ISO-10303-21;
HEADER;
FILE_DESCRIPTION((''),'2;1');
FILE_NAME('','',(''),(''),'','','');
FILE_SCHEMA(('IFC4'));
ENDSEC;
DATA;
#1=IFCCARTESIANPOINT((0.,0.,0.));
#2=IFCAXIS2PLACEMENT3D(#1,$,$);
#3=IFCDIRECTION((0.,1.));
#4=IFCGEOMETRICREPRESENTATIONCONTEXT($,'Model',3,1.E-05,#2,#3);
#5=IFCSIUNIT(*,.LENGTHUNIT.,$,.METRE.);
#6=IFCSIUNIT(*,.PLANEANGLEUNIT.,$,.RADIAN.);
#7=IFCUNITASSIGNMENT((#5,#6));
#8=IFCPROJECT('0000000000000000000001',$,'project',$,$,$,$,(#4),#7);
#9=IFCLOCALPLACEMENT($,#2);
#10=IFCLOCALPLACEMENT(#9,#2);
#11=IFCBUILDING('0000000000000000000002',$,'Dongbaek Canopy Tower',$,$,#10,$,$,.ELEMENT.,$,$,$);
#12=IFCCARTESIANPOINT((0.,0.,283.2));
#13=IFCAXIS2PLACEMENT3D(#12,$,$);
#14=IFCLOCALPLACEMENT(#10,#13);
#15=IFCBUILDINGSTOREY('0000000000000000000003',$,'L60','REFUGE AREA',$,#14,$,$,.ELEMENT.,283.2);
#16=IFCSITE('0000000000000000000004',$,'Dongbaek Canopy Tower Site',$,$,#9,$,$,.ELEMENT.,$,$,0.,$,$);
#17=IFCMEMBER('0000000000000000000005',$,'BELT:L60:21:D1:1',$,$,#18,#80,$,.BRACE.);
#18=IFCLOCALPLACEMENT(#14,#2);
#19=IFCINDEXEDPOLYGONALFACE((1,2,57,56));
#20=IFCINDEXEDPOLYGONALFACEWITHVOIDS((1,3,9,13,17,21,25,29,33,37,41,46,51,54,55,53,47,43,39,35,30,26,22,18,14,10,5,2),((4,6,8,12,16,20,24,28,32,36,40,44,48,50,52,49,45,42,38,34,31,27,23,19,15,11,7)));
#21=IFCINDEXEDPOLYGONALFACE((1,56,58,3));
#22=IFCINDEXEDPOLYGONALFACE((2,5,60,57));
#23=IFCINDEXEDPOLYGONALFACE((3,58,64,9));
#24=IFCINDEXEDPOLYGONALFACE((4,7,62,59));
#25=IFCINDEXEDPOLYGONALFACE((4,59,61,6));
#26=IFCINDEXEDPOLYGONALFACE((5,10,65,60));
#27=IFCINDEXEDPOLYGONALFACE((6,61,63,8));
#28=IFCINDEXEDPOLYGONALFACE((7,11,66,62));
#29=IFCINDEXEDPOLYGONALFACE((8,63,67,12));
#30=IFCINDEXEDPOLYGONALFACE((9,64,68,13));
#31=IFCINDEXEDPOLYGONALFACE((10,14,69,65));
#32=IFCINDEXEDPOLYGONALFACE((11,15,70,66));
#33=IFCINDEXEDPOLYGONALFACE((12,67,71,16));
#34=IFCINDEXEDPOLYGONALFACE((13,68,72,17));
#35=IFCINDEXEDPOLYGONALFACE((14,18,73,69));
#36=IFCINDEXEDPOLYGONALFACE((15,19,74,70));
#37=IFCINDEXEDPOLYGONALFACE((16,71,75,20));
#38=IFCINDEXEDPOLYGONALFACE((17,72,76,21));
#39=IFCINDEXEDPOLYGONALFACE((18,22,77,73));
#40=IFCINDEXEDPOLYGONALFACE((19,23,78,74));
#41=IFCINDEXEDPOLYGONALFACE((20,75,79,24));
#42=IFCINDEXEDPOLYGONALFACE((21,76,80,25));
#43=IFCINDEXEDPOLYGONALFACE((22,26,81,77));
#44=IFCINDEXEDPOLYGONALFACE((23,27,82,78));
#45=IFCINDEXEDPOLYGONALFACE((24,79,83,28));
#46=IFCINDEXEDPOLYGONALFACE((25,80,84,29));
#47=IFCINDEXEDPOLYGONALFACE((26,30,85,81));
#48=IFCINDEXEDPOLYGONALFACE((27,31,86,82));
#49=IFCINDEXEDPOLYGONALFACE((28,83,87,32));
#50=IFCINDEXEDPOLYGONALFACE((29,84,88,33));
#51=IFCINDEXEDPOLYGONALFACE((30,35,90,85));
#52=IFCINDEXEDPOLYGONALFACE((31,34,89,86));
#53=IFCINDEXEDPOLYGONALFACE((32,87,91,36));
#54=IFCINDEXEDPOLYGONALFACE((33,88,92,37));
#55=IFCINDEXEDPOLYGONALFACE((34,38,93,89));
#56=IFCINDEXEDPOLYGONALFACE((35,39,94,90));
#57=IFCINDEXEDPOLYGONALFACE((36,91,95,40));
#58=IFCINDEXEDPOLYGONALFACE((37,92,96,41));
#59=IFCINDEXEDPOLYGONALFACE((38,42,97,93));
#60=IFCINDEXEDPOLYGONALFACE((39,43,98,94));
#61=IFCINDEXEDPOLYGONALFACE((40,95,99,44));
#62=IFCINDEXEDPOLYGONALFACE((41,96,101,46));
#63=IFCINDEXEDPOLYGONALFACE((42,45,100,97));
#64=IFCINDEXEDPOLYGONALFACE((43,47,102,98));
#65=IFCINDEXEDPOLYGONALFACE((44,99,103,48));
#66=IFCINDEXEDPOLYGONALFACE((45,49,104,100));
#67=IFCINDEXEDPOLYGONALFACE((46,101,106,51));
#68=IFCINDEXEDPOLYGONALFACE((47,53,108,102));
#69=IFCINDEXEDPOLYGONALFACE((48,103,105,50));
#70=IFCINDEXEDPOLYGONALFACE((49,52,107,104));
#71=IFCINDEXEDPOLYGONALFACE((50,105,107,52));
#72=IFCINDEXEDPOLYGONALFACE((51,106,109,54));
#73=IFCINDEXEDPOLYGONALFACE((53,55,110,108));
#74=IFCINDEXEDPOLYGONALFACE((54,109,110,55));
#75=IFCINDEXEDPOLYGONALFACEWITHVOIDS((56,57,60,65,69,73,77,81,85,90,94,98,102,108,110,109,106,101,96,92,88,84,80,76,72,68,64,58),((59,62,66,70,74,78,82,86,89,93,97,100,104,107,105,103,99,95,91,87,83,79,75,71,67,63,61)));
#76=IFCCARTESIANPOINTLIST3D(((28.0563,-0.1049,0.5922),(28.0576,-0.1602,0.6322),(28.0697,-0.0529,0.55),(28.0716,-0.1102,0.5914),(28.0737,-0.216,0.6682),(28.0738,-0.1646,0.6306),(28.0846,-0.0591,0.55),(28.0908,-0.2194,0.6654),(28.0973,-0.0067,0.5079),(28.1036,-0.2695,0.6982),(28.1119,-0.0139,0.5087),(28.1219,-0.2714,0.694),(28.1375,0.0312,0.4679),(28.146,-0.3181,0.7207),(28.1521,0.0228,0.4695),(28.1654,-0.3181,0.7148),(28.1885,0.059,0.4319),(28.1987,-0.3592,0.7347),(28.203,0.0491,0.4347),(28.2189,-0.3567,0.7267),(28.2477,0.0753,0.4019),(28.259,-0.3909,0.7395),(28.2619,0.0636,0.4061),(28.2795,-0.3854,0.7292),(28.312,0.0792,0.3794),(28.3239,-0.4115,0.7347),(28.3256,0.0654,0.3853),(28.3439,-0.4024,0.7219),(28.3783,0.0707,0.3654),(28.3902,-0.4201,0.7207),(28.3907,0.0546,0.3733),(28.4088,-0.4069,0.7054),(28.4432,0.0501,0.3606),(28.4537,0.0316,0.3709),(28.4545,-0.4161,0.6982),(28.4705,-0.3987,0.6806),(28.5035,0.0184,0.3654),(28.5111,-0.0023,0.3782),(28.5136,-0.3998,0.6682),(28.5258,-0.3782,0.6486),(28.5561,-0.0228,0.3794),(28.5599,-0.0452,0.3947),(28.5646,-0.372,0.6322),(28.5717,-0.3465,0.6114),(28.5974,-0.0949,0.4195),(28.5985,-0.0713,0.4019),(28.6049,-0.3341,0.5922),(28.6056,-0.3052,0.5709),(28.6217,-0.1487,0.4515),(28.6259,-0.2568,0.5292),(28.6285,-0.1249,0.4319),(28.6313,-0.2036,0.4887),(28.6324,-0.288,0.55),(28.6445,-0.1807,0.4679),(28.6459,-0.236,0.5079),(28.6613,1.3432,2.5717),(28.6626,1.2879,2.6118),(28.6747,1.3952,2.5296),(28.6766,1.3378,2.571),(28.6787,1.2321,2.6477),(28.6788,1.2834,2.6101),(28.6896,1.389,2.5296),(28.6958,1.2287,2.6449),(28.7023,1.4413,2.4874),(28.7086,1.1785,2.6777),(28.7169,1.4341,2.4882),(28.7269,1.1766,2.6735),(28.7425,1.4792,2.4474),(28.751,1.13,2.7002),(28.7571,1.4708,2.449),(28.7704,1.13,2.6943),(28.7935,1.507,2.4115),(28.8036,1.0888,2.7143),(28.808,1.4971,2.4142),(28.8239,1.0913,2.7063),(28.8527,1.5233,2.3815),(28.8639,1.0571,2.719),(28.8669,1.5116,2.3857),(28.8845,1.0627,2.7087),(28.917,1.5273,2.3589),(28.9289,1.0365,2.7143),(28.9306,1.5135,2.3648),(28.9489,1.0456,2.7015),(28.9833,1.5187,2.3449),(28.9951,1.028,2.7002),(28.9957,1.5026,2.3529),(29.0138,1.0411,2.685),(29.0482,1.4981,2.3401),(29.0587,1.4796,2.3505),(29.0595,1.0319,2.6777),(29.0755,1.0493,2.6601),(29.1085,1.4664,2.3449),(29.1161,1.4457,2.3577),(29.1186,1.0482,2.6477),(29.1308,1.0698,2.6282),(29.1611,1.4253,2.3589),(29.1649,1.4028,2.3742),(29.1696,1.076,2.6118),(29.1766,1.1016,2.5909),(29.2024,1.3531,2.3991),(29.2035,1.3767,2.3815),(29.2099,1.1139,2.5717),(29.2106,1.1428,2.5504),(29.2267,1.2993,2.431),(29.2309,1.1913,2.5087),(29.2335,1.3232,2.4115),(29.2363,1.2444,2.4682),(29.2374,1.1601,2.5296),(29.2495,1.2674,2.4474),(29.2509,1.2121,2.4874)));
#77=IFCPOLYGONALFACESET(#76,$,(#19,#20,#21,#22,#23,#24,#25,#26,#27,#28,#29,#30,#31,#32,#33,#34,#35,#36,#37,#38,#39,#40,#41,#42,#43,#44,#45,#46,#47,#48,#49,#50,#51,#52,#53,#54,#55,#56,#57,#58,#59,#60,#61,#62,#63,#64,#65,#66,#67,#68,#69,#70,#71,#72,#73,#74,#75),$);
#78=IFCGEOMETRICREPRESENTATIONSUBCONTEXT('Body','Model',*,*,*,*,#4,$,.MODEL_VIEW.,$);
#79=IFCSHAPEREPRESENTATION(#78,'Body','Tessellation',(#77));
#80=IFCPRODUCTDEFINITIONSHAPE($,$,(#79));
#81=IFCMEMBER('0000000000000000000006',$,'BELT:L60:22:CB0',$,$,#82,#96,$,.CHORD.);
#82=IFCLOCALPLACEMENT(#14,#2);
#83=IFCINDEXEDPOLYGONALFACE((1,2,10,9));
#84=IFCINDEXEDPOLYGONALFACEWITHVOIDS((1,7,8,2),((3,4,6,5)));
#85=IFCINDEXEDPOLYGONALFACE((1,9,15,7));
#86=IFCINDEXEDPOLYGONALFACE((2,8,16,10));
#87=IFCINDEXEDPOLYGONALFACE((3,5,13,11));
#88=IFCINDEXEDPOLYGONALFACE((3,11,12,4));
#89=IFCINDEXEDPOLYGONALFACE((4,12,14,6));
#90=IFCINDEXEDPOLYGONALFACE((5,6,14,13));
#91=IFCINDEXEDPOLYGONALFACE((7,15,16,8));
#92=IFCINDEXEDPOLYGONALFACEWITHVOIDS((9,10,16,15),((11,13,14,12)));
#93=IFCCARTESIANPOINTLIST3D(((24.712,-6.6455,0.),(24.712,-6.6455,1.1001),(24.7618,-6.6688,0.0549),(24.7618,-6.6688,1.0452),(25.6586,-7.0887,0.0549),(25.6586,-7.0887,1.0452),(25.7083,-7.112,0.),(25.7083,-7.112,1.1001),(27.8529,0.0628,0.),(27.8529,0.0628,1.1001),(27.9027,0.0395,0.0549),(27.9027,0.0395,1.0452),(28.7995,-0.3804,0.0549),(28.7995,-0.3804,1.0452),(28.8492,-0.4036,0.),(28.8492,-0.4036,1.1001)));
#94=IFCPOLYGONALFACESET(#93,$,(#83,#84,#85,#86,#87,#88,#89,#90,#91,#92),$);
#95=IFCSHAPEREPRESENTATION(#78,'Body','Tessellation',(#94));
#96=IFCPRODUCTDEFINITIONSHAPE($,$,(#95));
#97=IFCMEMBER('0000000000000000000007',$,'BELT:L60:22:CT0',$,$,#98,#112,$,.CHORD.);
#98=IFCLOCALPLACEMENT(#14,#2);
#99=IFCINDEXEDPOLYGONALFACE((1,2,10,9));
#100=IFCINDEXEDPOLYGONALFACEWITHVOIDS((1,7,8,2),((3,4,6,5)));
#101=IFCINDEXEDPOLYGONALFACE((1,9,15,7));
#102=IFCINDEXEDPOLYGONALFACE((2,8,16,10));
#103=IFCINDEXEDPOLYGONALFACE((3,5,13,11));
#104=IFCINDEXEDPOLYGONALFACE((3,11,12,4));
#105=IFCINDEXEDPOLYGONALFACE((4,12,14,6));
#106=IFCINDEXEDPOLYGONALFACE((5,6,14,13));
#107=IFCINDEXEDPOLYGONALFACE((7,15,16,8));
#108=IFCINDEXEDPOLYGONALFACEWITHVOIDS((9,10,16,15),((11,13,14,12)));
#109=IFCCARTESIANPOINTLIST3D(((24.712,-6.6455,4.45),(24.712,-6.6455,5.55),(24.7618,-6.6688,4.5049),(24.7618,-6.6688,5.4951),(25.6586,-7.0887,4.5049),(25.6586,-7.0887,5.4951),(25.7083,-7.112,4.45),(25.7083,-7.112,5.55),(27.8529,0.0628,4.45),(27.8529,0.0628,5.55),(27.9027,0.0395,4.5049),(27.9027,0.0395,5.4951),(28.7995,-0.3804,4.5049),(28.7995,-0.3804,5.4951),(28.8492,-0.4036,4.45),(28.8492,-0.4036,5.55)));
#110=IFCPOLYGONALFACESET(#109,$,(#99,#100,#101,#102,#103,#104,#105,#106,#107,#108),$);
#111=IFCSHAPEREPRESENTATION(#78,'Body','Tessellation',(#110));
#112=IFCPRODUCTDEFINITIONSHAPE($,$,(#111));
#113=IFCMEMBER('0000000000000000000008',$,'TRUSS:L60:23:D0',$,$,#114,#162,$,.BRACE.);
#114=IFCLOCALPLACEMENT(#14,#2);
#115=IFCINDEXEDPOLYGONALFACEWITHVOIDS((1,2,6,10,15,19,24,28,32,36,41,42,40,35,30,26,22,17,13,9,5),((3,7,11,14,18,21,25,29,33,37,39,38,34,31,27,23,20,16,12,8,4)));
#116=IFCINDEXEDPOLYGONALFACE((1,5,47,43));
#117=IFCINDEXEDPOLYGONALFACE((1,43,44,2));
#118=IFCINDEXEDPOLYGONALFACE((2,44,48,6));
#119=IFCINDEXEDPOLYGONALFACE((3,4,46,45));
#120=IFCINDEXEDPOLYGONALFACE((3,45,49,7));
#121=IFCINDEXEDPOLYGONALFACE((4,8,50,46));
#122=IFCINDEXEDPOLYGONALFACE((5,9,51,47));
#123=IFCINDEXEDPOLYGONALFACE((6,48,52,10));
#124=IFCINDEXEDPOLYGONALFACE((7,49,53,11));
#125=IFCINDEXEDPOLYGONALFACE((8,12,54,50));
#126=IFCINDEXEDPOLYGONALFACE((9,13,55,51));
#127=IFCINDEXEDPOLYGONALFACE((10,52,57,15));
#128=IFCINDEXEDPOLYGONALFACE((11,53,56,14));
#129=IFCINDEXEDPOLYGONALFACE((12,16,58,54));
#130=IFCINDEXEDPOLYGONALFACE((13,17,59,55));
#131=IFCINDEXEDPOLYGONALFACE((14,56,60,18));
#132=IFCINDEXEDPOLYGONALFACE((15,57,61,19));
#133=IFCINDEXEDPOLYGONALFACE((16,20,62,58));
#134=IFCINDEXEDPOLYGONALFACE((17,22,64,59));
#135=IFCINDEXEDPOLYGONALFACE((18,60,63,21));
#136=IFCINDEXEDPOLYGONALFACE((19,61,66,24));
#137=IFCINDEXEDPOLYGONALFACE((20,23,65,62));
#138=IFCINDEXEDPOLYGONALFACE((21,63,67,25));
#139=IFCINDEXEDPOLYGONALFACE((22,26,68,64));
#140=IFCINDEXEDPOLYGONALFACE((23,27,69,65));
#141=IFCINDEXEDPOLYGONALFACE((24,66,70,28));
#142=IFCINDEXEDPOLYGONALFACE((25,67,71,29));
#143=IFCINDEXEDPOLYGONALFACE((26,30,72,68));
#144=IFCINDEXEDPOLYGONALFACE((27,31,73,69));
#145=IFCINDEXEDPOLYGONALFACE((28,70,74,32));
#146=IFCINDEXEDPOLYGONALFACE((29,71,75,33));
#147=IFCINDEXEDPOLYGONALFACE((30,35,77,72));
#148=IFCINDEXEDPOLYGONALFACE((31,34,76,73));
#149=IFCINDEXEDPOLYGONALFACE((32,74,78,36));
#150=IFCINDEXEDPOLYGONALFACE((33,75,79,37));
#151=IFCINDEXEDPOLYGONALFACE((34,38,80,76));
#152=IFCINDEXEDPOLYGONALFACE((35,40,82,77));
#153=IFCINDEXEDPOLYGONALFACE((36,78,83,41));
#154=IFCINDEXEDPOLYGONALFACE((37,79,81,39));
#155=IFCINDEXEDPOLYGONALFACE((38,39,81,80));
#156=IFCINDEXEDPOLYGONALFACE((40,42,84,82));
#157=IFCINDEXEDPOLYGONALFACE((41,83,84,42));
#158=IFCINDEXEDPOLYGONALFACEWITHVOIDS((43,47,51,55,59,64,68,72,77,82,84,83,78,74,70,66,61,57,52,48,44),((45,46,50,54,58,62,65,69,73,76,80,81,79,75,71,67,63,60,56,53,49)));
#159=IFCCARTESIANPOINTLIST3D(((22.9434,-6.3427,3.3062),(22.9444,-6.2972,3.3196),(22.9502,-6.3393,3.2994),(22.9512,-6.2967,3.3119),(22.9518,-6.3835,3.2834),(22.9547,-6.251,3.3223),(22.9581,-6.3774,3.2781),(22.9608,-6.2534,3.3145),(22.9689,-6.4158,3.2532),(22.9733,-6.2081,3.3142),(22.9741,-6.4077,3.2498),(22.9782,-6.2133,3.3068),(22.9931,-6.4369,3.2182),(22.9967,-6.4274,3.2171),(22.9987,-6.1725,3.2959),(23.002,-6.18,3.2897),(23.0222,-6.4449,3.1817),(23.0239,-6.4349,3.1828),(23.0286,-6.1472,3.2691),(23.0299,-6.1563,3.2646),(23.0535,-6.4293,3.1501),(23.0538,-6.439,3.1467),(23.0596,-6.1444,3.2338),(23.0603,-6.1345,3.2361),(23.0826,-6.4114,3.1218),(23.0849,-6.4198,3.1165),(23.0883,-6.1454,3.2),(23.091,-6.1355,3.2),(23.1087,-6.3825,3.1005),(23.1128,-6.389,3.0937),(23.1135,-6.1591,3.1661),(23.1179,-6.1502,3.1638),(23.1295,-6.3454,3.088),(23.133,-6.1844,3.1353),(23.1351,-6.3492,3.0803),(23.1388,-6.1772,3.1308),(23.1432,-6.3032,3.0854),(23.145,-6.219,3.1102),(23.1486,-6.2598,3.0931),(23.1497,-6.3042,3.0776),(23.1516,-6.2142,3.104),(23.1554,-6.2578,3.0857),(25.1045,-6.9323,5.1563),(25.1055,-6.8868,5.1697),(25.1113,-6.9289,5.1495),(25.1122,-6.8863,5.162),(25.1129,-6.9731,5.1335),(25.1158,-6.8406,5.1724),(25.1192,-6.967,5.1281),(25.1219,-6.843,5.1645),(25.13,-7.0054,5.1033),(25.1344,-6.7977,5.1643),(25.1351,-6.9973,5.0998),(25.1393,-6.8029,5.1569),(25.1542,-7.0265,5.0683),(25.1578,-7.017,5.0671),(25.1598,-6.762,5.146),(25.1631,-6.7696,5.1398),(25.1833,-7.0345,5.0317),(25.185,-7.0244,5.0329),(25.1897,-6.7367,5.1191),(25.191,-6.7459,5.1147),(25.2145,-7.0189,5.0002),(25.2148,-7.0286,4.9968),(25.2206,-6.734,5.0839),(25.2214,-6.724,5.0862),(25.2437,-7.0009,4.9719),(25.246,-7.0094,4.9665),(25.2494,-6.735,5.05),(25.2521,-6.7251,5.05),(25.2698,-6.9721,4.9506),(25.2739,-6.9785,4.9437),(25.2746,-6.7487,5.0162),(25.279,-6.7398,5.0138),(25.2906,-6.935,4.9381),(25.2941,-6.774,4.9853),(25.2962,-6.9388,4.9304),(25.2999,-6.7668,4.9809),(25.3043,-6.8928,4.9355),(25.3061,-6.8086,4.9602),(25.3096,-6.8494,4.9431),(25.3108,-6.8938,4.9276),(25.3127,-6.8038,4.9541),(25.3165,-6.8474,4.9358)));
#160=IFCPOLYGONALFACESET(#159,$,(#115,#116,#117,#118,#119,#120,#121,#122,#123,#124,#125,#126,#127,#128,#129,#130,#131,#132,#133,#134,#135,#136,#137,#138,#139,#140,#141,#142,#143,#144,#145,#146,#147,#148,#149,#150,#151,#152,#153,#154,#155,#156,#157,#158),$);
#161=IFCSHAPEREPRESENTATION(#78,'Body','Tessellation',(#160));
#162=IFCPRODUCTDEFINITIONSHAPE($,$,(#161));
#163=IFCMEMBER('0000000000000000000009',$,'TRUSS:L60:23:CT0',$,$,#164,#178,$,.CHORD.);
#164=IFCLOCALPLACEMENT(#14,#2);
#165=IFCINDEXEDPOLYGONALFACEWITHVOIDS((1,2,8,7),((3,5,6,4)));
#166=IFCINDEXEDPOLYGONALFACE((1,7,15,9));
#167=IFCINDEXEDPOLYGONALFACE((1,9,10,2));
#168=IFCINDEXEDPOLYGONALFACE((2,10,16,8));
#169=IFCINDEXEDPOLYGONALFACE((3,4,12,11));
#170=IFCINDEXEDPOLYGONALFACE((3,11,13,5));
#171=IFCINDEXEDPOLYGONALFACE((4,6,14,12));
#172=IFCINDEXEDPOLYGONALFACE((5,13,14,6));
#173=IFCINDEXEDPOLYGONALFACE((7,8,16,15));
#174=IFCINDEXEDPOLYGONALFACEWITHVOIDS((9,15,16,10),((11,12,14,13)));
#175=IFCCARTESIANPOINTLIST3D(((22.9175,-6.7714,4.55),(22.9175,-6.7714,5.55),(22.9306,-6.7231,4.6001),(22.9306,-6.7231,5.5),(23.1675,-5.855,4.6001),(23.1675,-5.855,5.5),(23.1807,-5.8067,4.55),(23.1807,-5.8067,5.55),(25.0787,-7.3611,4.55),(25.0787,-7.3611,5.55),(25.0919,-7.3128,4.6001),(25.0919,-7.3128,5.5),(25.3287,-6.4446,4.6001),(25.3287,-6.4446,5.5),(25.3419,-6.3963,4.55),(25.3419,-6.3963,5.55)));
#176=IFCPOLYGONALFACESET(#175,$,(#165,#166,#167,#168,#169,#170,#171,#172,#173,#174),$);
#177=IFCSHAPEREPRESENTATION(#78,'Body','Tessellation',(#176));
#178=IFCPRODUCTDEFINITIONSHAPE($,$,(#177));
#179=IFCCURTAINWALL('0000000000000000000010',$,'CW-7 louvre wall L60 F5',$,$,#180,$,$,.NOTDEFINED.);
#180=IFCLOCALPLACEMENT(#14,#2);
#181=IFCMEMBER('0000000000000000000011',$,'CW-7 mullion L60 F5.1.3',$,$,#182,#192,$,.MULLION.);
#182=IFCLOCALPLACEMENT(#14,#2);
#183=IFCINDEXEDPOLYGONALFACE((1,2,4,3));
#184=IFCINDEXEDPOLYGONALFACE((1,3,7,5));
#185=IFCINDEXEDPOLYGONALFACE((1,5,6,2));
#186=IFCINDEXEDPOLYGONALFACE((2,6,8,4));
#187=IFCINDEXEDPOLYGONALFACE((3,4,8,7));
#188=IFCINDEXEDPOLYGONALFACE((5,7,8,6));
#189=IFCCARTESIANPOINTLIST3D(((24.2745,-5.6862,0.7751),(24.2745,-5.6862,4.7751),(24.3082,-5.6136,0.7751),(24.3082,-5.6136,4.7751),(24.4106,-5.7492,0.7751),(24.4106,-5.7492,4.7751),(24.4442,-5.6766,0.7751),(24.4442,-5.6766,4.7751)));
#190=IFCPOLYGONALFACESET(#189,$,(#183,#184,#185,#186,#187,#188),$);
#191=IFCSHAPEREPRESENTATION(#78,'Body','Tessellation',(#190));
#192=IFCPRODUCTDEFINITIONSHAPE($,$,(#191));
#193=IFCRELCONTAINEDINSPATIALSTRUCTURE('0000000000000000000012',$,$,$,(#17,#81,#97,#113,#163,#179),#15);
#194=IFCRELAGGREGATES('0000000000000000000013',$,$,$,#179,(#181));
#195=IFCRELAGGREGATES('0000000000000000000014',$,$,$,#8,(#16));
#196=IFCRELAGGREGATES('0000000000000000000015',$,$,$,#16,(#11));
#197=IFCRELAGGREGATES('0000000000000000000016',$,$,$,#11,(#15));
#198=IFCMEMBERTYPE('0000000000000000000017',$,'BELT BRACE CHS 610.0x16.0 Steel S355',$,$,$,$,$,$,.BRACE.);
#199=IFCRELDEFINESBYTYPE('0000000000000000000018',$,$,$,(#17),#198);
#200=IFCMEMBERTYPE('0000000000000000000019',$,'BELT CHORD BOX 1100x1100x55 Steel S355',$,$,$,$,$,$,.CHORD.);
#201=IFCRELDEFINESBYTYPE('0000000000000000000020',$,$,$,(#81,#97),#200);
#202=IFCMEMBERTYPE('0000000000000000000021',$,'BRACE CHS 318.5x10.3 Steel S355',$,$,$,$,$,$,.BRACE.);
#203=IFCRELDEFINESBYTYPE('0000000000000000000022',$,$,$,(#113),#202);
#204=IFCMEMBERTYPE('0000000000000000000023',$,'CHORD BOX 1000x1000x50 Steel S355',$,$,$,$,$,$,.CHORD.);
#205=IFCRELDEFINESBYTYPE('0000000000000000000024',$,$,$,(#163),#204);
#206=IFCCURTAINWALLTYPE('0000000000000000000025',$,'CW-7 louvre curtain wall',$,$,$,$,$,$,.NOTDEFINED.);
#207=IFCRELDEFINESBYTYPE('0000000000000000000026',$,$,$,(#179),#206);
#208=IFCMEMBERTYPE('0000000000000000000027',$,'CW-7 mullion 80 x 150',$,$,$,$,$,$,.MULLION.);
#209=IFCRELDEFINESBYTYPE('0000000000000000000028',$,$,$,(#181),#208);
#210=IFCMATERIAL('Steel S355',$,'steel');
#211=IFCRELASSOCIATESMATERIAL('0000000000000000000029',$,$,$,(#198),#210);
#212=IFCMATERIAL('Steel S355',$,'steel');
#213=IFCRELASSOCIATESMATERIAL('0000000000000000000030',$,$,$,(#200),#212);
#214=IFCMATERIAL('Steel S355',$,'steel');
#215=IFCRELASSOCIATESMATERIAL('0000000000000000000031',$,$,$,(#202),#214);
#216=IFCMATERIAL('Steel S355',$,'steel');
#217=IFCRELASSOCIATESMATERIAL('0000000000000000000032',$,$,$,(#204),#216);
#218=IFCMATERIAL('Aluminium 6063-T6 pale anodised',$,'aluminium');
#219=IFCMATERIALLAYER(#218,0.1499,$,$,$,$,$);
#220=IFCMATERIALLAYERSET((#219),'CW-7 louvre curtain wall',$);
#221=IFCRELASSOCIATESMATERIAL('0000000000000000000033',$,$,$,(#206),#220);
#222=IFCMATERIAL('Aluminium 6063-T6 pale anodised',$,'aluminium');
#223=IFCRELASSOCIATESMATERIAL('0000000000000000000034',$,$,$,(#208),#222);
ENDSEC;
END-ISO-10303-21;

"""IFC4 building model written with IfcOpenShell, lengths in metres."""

from ifc_helpers import new_model, si_unit, direction, frame, origin, origin_2d, place, context, subcontext, project, spatial, rectangle, hollow_rectangle, hollow_circle, extrude, material, layer, layer_set, material_profile, profile_set, type_object, element, aggregate, save


model = new_model("IFC4")

# Units and contexts
model_context = context("Model", 3, precision=1e-05, world=origin(), true_north=direction((0.0, 1.0)))
body_context = subcontext(model_context, "Body", "Model", "MODEL_VIEW")
ifc_project = project(units=[si_unit("LENGTHUNIT", "METRE"), si_unit("PLANEANGLEUNIT", "RADIAN")], contexts=[model_context])

# Site, building, storey
site_placement = place(None, origin())
site = spatial("IfcSite", under=ifc_project, at=site_placement, Name="Dongbaek Canopy Tower Site", CompositionType="ELEMENT", RefElevation=0.0)
building_placement = place(site_placement, origin())
building = spatial("IfcBuilding", under=site, at=building_placement, Name="Dongbaek Canopy Tower", CompositionType="ELEMENT")
storey_placement = place(building_placement, frame((0.0, 0.0, 283.2)))
storey = spatial("IfcBuildingStorey", under=building, at=storey_placement, Name="L60", Description="REFUGE AREA", CompositionType="ELEMENT", Elevation=283.2)

# Members
ifc_material_1 = material(Name="Steel S355", Category="steel")
ifc_material_profile_1 = material_profile(ifc_material_1, hollow_circle(Radius=0.3049, WallThickness=0.0161, at=origin_2d()), Name="BELT BRACE CHS 610.0x16.0 Steel S355")
ifc_profile_set_1 = profile_set([ifc_material_profile_1], Name="Steel S355")
member_type_1 = type_object("IfcMemberType", Name="BELT BRACE CHS 610.0x16.0 Steel S355", PredefinedType="BRACE", material=ifc_profile_set_1)
member_1_placement = place(storey_placement, frame((28.3511, -0.1704, 0.55), z_axis=(0.239494, 0.573219, 0.783622), x_axis=(-0.922704, 0.38551, 0.0)))
element("IfcMember", 1, at=member_1_placement, inside=storey, type_object=member_type_1, Name="BELT:L60:21:D1:1", PredefinedType="BRACE", context=body_context, shape_type="SweptSolid", body=[
    extrude(hollow_circle(Radius=0.3049, WallThickness=0.0161, at=origin_2d()), origin(), (0.0, 0.0, 1.0), 2.5261),
])
ifc_material_2 = material(Name="Steel S355", Category="steel")
ifc_material_profile_2 = material_profile(ifc_material_2, hollow_rectangle(XDim=1.1001, YDim=1.1001, WallThickness=0.0549, at=origin_2d()), Name="BELT CHORD BOX 1100x1100x55 Steel S355")
ifc_profile_set_2 = profile_set([ifc_material_profile_2], Name="Steel S355")
member_type_2 = type_object("IfcMemberType", Name="BELT CHORD BOX 1100x1100x55 Steel S355", PredefinedType="CHORD", material=ifc_profile_set_2)
for number, where, z_axis, x_axis, name in (
    (2, (28.3511, -0.1704, 0.55), (-0.424033, -0.905647, 0.0), (0.905647, -0.424033, 0.0), "BELT:L60:22:CB0"),
    (3, (28.3511, -0.1704, 5.0), (-0.424033, -0.905647, 0.0), (0.905647, -0.424033, 0.0), "BELT:L60:22:CT0"),
):
    element("IfcMember", number, at=place(storey_placement, frame(where, z_axis=z_axis, x_axis=x_axis)), inside=storey, type_object=member_type_2, Name=name, PredefinedType="CHORD", context=body_context, shape_type="SweptSolid", body=[
        extrude(hollow_rectangle(XDim=1.1001, YDim=1.1001, WallThickness=0.0549, at=origin_2d()), origin(), (0.0, 0.0, 1.0), 7.4072),
    ])
ifc_material_3 = material(Name="Steel S355", Category="steel")
ifc_material_profile_3 = material_profile(ifc_material_3, hollow_circle(Radius=0.1592, WallThickness=0.0103, at=origin_2d()), Name="BRACE CHS 318.5x10.3 Steel S355")
ifc_profile_set_3 = profile_set([ifc_material_profile_3], Name="Steel S355")
member_type_3 = type_object("IfcMemberType", Name="BRACE CHS 318.5x10.3 Steel S355", PredefinedType="BRACE", material=ifc_profile_set_3)
member_2_placement = place(storey_placement, frame((23.0491, -6.2891, 3.2), z_axis=(0.743849, -0.202937, 0.636793), x_axis=(0.2632, 0.964741, 0.0)))
element("IfcMember", 4, at=member_2_placement, inside=storey, type_object=member_type_3, Name="TRUSS:L60:23:D0", PredefinedType="BRACE", context=body_context, shape_type="SweptSolid", body=[
    extrude(hollow_circle(Radius=0.1592, WallThickness=0.0103, at=origin_2d()), origin(), (0.0, 0.0, 1.0), 2.9053),
])
ifc_material_4 = material(Name="Steel S355", Category="steel")
ifc_material_profile_4 = material_profile(ifc_material_4, hollow_rectangle(XDim=1.0, YDim=1.0, WallThickness=0.05, at=origin_2d()), Name="CHORD BOX 1000x1000x50 Steel S355")
ifc_profile_set_4 = profile_set([ifc_material_profile_4], Name="Steel S355")
member_type_4 = type_object("IfcMemberType", Name="CHORD BOX 1000x1000x50 Steel S355", PredefinedType="CHORD", material=ifc_profile_set_4)
member_3_placement = place(storey_placement, frame((23.0491, -6.2891, 5.05), z_axis=(0.964741, -0.2632, 0.0), x_axis=(0.2632, 0.964741, 0.0)))
element("IfcMember", 5, at=member_3_placement, inside=storey, type_object=member_type_4, Name="TRUSS:L60:23:CT0", PredefinedType="CHORD", context=body_context, shape_type="SweptSolid", body=[
    extrude(hollow_rectangle(XDim=1.0, YDim=1.0, WallThickness=0.05, at=origin_2d()), origin(), (0.0, 0.0, 1.0), 2.2402),
])

# Curtain wall, member
ifc_material_5 = material(Name="Aluminium 6063-T6 pale anodised", Category="aluminium")
ifc_layer_1 = layer(ifc_material_5, 0.1499)
ifc_layer_set_1 = layer_set([ifc_layer_1], Name="CW-7 louvre curtain wall")
curtain_wall_type = type_object("IfcCurtainWallType", Name="CW-7 louvre curtain wall", PredefinedType="NOTDEFINED", material=ifc_layer_set_1)
curtain_wall_placement = place(storey_placement, origin())
curtain_wall = element("IfcCurtainWall", 6, at=curtain_wall_placement, inside=storey, type_object=curtain_wall_type, Name="CW-7 louvre wall L60 F5", PredefinedType="NOTDEFINED")
ifc_material_6 = material(Name="Aluminium 6063-T6 pale anodised", Category="aluminium")
ifc_material_profile_5 = material_profile(ifc_material_6, rectangle(XDim=0.1499, YDim=0.0801, at=origin_2d()), Name="CW-7 mullion 80 x 150")
ifc_profile_set_5 = profile_set([ifc_material_profile_5], Name="Aluminium 6063-T6 pale anodised")
member_type_5 = type_object("IfcMemberType", Name="CW-7 mullion 80 x 150", PredefinedType="MULLION", material=ifc_profile_set_5)
member_4_placement = place(storey_placement, frame((24.3594, -5.6814, 0.7751), z_axis=(0.0, 0.0, 1.0), x_axis=(0.907385, -0.4203, 0.0)))
member_4 = element("IfcMember", 7, at=member_4_placement, type_object=member_type_5, Name="CW-7 mullion L60 F5.1.3", PredefinedType="MULLION", context=body_context, shape_type="SweptSolid", body=[
    extrude(rectangle(XDim=0.1499, YDim=0.0801, at=origin_2d()), origin(), (0.0, 0.0, 1.0), 4.0),
])

aggregate(curtain_wall, [member_4])

save(model, "model.ifc")
